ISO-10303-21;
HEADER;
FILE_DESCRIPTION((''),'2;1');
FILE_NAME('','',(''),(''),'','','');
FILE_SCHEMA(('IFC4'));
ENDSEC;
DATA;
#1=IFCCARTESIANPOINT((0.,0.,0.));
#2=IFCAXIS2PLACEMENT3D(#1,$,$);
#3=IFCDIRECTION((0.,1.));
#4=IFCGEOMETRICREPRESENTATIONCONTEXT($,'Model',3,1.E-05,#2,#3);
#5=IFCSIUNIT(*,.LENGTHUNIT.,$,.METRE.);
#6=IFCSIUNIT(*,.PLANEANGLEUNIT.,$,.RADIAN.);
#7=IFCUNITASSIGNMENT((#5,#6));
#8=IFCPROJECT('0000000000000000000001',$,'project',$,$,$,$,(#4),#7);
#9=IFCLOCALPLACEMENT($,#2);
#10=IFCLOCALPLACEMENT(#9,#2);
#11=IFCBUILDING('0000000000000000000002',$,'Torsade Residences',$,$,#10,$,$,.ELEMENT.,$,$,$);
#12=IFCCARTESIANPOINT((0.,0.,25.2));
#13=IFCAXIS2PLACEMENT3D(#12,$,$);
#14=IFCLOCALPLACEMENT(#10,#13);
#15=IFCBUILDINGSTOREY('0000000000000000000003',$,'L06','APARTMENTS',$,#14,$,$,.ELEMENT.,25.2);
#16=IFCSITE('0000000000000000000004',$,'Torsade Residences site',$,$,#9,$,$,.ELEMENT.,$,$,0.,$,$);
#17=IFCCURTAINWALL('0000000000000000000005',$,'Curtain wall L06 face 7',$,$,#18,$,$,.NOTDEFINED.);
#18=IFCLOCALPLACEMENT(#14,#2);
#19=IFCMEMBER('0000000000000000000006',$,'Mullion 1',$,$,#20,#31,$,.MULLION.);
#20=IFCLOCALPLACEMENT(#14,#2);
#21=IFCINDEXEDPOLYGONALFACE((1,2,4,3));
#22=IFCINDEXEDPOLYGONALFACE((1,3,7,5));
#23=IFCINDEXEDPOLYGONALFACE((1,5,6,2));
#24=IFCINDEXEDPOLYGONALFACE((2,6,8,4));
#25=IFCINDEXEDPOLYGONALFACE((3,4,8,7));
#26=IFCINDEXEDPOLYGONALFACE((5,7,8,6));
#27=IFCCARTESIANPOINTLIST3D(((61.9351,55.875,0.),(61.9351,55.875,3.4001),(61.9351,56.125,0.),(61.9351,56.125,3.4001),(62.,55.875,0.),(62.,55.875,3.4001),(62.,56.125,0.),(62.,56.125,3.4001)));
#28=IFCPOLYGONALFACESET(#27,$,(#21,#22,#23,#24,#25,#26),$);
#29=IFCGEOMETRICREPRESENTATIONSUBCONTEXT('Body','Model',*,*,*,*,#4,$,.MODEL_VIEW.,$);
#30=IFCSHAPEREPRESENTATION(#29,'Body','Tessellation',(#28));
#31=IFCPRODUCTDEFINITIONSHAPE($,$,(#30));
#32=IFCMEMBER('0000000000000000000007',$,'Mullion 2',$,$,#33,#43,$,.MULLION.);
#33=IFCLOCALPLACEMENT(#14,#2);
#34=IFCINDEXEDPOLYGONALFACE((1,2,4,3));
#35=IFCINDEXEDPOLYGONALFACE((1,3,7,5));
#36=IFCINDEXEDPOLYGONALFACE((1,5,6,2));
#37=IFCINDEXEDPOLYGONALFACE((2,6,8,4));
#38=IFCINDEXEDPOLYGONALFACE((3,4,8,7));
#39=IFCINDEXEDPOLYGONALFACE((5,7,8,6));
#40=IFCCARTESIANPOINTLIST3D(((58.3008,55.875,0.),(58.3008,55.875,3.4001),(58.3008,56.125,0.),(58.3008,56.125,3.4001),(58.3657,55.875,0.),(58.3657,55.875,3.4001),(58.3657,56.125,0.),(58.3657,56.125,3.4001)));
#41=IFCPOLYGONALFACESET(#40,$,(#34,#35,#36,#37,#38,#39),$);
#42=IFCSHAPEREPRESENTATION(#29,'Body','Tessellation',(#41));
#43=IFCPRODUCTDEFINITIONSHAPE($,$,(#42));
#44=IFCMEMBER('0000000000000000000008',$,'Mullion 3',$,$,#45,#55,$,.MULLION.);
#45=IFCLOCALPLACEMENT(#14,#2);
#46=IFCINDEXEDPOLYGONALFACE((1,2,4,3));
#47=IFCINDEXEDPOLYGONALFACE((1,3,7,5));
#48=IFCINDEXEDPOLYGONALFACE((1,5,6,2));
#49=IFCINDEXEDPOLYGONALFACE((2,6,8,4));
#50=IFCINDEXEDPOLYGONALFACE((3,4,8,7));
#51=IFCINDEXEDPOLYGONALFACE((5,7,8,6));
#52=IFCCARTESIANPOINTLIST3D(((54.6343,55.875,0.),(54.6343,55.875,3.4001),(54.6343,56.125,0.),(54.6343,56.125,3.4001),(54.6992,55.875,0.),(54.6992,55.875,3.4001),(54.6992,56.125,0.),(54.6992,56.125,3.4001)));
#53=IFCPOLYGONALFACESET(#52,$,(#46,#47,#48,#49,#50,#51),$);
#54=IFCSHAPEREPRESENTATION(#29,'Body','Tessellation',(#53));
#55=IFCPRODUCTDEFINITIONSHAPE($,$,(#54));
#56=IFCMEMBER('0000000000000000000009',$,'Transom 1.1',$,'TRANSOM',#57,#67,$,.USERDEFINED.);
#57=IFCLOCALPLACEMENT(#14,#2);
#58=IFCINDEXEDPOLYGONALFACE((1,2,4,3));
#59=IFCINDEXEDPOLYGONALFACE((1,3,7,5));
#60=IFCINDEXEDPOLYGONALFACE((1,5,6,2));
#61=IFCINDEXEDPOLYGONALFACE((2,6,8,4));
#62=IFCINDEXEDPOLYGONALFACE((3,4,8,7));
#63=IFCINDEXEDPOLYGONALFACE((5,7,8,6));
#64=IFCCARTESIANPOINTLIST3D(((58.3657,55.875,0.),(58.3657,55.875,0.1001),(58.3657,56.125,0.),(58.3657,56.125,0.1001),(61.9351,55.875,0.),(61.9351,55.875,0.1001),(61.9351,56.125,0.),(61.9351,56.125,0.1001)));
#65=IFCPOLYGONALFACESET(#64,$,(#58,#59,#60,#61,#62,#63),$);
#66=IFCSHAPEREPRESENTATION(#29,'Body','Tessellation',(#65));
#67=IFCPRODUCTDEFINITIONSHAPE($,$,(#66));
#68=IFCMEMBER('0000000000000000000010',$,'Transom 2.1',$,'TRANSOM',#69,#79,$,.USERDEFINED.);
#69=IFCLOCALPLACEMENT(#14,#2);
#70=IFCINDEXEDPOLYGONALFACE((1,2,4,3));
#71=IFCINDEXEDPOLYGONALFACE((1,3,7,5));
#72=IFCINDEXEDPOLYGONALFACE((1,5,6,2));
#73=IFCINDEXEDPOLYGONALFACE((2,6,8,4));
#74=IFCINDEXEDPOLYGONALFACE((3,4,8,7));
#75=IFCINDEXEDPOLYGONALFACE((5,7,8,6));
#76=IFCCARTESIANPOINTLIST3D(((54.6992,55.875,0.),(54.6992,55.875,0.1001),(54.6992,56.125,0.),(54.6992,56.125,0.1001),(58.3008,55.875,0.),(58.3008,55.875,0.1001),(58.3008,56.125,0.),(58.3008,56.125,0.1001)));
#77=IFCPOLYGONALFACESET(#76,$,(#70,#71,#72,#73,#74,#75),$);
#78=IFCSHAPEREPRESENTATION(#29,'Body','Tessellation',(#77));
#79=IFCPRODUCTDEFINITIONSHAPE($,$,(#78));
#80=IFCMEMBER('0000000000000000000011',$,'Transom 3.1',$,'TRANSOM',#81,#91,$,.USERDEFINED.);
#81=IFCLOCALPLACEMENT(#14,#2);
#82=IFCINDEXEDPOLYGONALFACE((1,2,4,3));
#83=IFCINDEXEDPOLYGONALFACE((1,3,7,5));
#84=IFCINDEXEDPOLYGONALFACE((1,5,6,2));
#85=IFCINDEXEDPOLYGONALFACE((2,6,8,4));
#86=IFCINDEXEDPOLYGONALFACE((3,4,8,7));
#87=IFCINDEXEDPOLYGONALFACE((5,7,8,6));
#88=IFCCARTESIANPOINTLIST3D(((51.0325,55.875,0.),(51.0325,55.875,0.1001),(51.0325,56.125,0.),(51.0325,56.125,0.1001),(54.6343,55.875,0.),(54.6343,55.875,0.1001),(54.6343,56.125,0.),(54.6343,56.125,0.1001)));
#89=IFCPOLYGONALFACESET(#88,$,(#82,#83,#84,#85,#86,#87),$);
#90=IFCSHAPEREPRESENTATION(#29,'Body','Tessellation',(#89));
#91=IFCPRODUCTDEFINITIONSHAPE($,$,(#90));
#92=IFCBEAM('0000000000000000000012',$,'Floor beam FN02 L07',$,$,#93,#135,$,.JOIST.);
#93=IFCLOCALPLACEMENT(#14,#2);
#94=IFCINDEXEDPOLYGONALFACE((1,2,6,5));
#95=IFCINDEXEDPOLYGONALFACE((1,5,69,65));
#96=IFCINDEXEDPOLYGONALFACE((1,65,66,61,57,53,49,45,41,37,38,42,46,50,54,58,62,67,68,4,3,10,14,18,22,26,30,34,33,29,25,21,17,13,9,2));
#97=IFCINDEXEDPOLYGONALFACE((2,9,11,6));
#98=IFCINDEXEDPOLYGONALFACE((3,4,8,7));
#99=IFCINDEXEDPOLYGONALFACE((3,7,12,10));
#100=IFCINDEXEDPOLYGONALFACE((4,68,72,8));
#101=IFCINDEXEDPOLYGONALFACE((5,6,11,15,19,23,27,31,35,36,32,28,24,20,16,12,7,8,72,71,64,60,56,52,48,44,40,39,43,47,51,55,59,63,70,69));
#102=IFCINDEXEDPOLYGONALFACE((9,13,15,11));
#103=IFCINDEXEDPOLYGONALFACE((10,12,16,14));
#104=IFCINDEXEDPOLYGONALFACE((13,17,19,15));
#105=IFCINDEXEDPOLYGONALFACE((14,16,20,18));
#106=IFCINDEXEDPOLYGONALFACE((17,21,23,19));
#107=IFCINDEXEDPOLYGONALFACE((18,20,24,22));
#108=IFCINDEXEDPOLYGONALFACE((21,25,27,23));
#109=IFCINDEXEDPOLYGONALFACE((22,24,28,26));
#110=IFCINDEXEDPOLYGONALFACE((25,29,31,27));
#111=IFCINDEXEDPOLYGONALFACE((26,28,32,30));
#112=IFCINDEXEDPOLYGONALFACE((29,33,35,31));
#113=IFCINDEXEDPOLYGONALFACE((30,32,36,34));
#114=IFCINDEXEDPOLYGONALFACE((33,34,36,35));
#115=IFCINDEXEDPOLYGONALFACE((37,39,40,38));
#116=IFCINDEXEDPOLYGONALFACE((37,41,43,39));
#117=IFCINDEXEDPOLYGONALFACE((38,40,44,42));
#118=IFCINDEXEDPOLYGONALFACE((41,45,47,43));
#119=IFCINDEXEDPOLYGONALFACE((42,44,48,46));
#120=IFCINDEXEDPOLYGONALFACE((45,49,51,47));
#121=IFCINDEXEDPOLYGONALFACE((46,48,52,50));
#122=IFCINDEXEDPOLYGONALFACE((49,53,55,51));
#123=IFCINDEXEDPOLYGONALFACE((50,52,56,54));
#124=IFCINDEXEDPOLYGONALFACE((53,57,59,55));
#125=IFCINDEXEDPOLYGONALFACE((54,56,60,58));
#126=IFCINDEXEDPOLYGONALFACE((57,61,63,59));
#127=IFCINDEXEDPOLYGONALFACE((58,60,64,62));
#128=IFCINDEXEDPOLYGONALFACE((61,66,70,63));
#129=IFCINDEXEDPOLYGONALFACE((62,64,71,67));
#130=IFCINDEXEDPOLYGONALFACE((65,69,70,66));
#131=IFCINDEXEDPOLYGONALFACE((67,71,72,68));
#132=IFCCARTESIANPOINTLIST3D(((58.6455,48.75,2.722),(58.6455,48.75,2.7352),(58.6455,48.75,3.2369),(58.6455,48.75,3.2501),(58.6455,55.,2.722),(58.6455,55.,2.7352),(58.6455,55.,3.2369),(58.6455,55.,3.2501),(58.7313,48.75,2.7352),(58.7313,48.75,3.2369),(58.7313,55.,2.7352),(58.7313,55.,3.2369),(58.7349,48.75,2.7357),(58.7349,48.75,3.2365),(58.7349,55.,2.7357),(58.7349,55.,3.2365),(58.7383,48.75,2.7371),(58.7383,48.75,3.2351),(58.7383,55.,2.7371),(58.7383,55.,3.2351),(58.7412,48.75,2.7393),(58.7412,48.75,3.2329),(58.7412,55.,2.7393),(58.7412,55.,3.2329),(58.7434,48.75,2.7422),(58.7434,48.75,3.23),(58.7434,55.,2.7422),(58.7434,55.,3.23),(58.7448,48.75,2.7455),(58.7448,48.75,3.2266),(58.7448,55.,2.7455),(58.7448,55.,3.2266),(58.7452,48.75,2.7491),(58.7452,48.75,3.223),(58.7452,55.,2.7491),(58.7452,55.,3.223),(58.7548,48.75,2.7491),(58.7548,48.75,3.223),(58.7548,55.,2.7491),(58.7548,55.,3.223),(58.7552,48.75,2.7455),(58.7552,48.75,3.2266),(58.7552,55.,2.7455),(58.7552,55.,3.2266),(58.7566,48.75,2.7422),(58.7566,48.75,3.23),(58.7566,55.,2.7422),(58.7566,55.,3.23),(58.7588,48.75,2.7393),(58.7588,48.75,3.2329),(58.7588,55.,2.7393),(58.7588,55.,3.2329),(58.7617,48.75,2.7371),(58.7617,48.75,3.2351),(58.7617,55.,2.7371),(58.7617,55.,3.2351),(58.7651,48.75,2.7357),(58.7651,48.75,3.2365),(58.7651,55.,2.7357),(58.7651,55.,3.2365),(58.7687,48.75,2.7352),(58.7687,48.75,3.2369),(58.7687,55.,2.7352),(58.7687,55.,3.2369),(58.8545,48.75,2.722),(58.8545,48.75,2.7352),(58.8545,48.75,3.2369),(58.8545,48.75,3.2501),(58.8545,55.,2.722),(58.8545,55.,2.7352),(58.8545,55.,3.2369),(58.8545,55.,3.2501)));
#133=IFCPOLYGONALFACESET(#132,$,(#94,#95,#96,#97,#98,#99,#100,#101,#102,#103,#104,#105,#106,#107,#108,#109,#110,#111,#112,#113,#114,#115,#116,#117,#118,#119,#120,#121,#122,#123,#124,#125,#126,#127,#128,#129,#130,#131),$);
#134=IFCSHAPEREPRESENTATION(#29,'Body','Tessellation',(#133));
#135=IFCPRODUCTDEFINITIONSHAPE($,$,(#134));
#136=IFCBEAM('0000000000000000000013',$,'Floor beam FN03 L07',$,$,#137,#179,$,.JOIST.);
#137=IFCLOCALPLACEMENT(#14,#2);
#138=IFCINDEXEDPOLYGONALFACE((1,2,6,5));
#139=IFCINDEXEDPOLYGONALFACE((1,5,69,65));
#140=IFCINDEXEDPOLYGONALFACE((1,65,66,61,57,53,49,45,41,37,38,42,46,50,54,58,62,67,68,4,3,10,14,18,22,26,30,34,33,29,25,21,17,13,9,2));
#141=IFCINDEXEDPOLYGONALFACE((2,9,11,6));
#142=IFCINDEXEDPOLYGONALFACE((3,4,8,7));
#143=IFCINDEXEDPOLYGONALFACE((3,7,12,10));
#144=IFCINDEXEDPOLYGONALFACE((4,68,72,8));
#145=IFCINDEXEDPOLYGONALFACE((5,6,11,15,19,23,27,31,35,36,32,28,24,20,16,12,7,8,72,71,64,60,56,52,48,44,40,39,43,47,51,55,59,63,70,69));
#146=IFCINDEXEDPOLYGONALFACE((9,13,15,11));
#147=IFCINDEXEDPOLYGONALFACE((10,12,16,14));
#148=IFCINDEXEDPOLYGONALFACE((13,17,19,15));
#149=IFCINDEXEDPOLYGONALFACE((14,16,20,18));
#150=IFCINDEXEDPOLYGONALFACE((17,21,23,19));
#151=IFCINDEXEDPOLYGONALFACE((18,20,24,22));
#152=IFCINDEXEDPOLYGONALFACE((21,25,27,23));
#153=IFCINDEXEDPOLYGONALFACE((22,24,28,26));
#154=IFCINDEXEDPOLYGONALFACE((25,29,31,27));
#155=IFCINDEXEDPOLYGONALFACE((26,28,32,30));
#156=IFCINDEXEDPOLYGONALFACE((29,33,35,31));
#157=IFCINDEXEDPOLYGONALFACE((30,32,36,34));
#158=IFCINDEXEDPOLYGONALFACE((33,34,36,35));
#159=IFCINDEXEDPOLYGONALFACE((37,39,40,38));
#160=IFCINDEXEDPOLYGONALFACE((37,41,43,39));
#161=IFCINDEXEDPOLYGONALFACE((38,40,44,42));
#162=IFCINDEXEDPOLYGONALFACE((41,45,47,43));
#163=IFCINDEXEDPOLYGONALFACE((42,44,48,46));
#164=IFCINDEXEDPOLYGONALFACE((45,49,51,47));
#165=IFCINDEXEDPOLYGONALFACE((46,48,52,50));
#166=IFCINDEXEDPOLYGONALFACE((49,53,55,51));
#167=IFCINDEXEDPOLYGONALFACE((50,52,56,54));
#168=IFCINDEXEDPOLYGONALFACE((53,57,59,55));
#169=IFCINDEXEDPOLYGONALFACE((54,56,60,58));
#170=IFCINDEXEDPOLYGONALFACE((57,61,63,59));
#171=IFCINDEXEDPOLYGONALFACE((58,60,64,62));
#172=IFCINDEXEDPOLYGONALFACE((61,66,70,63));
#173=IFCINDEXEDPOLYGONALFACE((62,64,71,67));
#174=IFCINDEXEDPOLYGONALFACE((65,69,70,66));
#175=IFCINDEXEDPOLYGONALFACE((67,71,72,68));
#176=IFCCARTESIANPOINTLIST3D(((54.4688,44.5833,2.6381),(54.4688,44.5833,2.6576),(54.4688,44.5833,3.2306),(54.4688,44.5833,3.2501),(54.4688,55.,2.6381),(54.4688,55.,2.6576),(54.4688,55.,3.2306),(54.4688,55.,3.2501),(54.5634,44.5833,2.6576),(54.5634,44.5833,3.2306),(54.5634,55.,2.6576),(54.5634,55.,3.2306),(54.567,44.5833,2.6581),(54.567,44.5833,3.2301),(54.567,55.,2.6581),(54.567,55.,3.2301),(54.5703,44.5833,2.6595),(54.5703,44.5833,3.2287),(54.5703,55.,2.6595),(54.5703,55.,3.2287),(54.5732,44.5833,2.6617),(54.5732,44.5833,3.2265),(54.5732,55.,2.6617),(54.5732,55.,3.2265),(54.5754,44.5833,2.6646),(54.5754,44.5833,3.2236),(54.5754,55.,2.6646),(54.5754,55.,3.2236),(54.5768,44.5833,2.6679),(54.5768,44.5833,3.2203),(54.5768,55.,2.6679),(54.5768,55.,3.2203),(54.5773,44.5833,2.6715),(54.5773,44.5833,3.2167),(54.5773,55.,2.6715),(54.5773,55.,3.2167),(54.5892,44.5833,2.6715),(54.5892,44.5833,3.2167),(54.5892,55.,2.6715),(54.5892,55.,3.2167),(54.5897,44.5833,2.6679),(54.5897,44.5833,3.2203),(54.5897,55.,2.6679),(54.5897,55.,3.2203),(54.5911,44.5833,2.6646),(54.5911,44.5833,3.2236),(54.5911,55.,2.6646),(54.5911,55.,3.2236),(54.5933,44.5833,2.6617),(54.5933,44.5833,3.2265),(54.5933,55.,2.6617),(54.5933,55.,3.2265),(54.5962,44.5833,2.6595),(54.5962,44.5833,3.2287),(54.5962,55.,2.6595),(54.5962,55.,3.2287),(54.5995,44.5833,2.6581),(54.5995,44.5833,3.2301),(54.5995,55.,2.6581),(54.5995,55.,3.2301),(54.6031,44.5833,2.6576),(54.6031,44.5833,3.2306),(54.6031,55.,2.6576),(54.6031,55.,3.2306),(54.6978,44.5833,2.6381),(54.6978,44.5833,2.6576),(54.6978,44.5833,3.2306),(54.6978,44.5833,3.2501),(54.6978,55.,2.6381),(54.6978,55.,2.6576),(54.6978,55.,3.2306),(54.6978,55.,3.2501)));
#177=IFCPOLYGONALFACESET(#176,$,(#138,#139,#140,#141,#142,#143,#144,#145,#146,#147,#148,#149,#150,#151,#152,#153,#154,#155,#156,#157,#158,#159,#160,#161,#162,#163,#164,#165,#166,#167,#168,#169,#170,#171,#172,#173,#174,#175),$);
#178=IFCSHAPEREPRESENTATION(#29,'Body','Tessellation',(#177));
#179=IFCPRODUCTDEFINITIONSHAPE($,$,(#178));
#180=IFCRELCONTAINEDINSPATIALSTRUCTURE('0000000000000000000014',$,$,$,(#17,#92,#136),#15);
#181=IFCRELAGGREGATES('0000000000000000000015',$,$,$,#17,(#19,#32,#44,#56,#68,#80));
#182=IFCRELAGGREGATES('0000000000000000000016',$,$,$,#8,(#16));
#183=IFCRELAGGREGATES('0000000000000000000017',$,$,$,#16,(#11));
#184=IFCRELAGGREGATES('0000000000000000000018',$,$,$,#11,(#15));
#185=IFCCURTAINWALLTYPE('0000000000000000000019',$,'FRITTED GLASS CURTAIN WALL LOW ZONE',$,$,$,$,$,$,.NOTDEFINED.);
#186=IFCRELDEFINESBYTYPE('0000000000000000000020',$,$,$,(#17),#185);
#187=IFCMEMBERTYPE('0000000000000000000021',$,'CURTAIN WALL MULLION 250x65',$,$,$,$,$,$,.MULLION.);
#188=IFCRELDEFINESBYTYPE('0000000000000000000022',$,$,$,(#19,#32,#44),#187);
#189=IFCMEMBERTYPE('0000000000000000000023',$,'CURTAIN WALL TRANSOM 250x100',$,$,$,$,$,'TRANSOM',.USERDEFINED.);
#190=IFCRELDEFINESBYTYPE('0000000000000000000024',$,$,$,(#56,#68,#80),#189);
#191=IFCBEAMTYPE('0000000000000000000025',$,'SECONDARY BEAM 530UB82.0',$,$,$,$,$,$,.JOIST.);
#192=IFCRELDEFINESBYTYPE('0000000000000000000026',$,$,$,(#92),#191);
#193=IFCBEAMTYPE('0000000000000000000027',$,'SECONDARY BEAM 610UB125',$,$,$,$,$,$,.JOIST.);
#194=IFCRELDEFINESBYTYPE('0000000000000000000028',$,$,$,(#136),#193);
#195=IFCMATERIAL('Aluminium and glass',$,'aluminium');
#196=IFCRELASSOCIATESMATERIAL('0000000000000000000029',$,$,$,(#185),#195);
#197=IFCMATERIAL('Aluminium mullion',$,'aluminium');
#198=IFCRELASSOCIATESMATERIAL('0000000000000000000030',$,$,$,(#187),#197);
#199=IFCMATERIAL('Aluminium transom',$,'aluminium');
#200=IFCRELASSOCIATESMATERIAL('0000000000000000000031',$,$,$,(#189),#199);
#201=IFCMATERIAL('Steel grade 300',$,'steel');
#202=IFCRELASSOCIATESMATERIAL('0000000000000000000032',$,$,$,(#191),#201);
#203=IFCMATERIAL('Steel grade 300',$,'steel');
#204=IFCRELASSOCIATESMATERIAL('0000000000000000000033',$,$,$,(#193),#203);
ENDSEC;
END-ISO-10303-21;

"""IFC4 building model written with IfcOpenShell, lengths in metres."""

from ifc_helpers import new_model, si_unit, direction, frame, origin, origin_2d, place, context, subcontext, project, spatial, rectangle, i_section, extrude, material, material_profile, profile_set, type_object, element, aggregate, save


model = new_model("IFC4")

# Units and contexts
model_context = context("Model", 3, precision=1e-05, world=origin(), true_north=direction((0.0, 1.0)))
body_context = subcontext(model_context, "Body", "Model", "MODEL_VIEW")
ifc_project = project(units=[si_unit("LENGTHUNIT", "METRE"), si_unit("PLANEANGLEUNIT", "RADIAN")], contexts=[model_context])

# Site, building, storey
site_placement = place(None, origin())
site = spatial("IfcSite", under=ifc_project, at=site_placement, Name="Torsade Residences site", CompositionType="ELEMENT", RefElevation=0.0)
building_placement = place(site_placement, origin())
building = spatial("IfcBuilding", under=site, at=building_placement, Name="Torsade Residences", CompositionType="ELEMENT")
storey_placement = place(building_placement, frame((0.0, 0.0, 25.2)))
storey = spatial("IfcBuildingStorey", under=building, at=storey_placement, Name="L06", Description="APARTMENTS", CompositionType="ELEMENT", Elevation=25.2)

# Curtain wall, members
ifc_material_1 = material(Name="Aluminium and glass", Category="aluminium")
curtain_wall_type = type_object("IfcCurtainWallType", Name="FRITTED GLASS CURTAIN WALL LOW ZONE", PredefinedType="NOTDEFINED", material=ifc_material_1)
curtain_wall_placement = place(storey_placement, origin())
curtain_wall = element("IfcCurtainWall", 1, at=curtain_wall_placement, inside=storey, type_object=curtain_wall_type, Name="Curtain wall L06 face 7", PredefinedType="NOTDEFINED")
ifc_material_2 = material(Name="Aluminium mullion", Category="aluminium")
ifc_material_profile_1 = material_profile(ifc_material_2, rectangle(XDim=0.25, YDim=0.0649, at=origin_2d()), Name="CURTAIN WALL MULLION 250x65")
ifc_profile_set_1 = profile_set([ifc_material_profile_1], Name="Aluminium mullion")
member_type_1 = type_object("IfcMemberType", Name="CURTAIN WALL MULLION 250x65", PredefinedType="MULLION", material=ifc_profile_set_1)
member_1_placement = place(storey_placement, frame((61.9675, 56.0, 0.0), z_axis=(0.0, 0.0, 1.0), x_axis=(0.0, -1.0, 0.0)))
member_1 = element("IfcMember", 2, at=member_1_placement, type_object=member_type_1, Name="Mullion 1", PredefinedType="MULLION", context=body_context, shape_type="SweptSolid", body=[
    extrude(rectangle(XDim=0.25, YDim=0.0649, at=origin_2d()), origin(), (0.0, 0.0, 1.0), 3.4001),
])
member_2_placement = place(storey_placement, frame((58.3333, 56.0, 0.0), z_axis=(0.0, 0.0, 1.0), x_axis=(0.0, -1.0, 0.0)))
member_2 = element("IfcMember", 3, at=member_2_placement, type_object=member_type_1, Name="Mullion 2", PredefinedType="MULLION", context=body_context, shape_type="SweptSolid", body=[
    extrude(rectangle(XDim=0.25, YDim=0.0649, at=origin_2d()), origin(), (0.0, 0.0, 1.0), 3.4001),
])
member_3_placement = place(storey_placement, frame((54.6667, 56.0, 0.0), z_axis=(0.0, 0.0, 1.0), x_axis=(0.0, -1.0, 0.0)))
member_3 = element("IfcMember", 4, at=member_3_placement, type_object=member_type_1, Name="Mullion 3", PredefinedType="MULLION", context=body_context, shape_type="SweptSolid", body=[
    extrude(rectangle(XDim=0.25, YDim=0.0649, at=origin_2d()), origin(), (0.0, 0.0, 1.0), 3.4001),
])
ifc_material_3 = material(Name="Aluminium transom", Category="aluminium")
ifc_material_profile_2 = material_profile(ifc_material_3, rectangle(XDim=0.25, YDim=0.1001, at=origin_2d()), Name="CURTAIN WALL TRANSOM 250x100")
ifc_profile_set_2 = profile_set([ifc_material_profile_2], Name="Aluminium transom")
member_type_2 = type_object("IfcMemberType", Name="CURTAIN WALL TRANSOM 250x100", ElementType="TRANSOM", PredefinedType="USERDEFINED", material=ifc_profile_set_2)
member_4_placement = place(storey_placement, frame((61.9351, 56.0, 0.05), z_axis=(-1.0, 0.0, 0.0), x_axis=(0.0, -1.0, 0.0)))
member_4 = element("IfcMember", 5, at=member_4_placement, type_object=member_type_2, Name="Transom 1.1", ObjectType="TRANSOM", PredefinedType="USERDEFINED", context=body_context, shape_type="SweptSolid", body=[
    extrude(rectangle(XDim=0.25, YDim=0.1001, at=origin_2d()), origin(), (0.0, 0.0, 1.0), 3.5693),
])
member_5_placement = place(storey_placement, frame((58.3008, 56.0, 0.05), z_axis=(-1.0, 0.0, 0.0), x_axis=(0.0, -1.0, 0.0)))
member_5 = element("IfcMember", 6, at=member_5_placement, type_object=member_type_2, Name="Transom 2.1", ObjectType="TRANSOM", PredefinedType="USERDEFINED", context=body_context, shape_type="SweptSolid", body=[
    extrude(rectangle(XDim=0.25, YDim=0.1001, at=origin_2d()), origin(), (0.0, 0.0, 1.0), 3.6016),
])
member_6_placement = place(storey_placement, frame((54.6343, 56.0, 0.05), z_axis=(-1.0, 0.0, 0.0), x_axis=(0.0, -1.0, 0.0)))
member_6 = element("IfcMember", 7, at=member_6_placement, type_object=member_type_2, Name="Transom 3.1", ObjectType="TRANSOM", PredefinedType="USERDEFINED", context=body_context, shape_type="SweptSolid", body=[
    extrude(rectangle(XDim=0.25, YDim=0.1001, at=origin_2d()), origin(), (0.0, 0.0, 1.0), 3.6018),
])

# Beams
ifc_material_4 = material(Name="Steel grade 300", Category="steel")
ifc_material_profile_3 = material_profile(ifc_material_4, i_section(OverallWidth=0.209, OverallDepth=0.5281, WebThickness=0.0095, FlangeThickness=0.0132, FilletRadius=0.0139, at=origin_2d()), Name="530UB82.0")
ifc_profile_set_3 = profile_set([ifc_material_profile_3], Name="Steel grade 300")
beam_type_1 = type_object("IfcBeamType", Name="SECONDARY BEAM 530UB82.0", PredefinedType="JOIST", material=ifc_profile_set_3)
beam_1_placement = place(storey_placement, frame((58.75, 55.0, 2.9861), z_axis=(0.0, -1.0, 0.0), x_axis=(1.0, 0.0, 0.0)))
element("IfcBeam", 8, at=beam_1_placement, inside=storey, type_object=beam_type_1, Name="Floor beam FN02 L07", PredefinedType="JOIST", context=body_context, shape_type="SweptSolid", body=[
    extrude(i_section(OverallWidth=0.209, OverallDepth=0.5281, WebThickness=0.0095, FlangeThickness=0.0132, FilletRadius=0.0139, at=origin_2d()), origin(), (0.0, 0.0, 1.0), 6.25),
])
ifc_material_5 = material(Name="Steel grade 300", Category="steel")
ifc_material_profile_4 = material_profile(ifc_material_5, i_section(OverallWidth=0.229, OverallDepth=0.6121, WebThickness=0.012, FlangeThickness=0.0195, FilletRadius=0.0139, at=origin_2d()), Name="610UB125")
ifc_profile_set_4 = profile_set([ifc_material_profile_4], Name="Steel grade 300")
beam_type_2 = type_object("IfcBeamType", Name="SECONDARY BEAM 610UB125", PredefinedType="JOIST", material=ifc_profile_set_4)
beam_2_placement = place(storey_placement, frame((54.5833, 55.0, 2.9441), z_axis=(0.0, -1.0, 0.0), x_axis=(1.0, 0.0, 0.0)))
element("IfcBeam", 9, at=beam_2_placement, inside=storey, type_object=beam_type_2, Name="Floor beam FN03 L07", PredefinedType="JOIST", context=body_context, shape_type="SweptSolid", body=[
    extrude(i_section(OverallWidth=0.229, OverallDepth=0.6121, WebThickness=0.012, FlangeThickness=0.0195, FilletRadius=0.0139, at=origin_2d()), origin(), (0.0, 0.0, 1.0), 10.4167),
])

aggregate(curtain_wall, [member_1, member_2, member_3, member_4, member_5, member_6])

save(model, "model.ifc")
